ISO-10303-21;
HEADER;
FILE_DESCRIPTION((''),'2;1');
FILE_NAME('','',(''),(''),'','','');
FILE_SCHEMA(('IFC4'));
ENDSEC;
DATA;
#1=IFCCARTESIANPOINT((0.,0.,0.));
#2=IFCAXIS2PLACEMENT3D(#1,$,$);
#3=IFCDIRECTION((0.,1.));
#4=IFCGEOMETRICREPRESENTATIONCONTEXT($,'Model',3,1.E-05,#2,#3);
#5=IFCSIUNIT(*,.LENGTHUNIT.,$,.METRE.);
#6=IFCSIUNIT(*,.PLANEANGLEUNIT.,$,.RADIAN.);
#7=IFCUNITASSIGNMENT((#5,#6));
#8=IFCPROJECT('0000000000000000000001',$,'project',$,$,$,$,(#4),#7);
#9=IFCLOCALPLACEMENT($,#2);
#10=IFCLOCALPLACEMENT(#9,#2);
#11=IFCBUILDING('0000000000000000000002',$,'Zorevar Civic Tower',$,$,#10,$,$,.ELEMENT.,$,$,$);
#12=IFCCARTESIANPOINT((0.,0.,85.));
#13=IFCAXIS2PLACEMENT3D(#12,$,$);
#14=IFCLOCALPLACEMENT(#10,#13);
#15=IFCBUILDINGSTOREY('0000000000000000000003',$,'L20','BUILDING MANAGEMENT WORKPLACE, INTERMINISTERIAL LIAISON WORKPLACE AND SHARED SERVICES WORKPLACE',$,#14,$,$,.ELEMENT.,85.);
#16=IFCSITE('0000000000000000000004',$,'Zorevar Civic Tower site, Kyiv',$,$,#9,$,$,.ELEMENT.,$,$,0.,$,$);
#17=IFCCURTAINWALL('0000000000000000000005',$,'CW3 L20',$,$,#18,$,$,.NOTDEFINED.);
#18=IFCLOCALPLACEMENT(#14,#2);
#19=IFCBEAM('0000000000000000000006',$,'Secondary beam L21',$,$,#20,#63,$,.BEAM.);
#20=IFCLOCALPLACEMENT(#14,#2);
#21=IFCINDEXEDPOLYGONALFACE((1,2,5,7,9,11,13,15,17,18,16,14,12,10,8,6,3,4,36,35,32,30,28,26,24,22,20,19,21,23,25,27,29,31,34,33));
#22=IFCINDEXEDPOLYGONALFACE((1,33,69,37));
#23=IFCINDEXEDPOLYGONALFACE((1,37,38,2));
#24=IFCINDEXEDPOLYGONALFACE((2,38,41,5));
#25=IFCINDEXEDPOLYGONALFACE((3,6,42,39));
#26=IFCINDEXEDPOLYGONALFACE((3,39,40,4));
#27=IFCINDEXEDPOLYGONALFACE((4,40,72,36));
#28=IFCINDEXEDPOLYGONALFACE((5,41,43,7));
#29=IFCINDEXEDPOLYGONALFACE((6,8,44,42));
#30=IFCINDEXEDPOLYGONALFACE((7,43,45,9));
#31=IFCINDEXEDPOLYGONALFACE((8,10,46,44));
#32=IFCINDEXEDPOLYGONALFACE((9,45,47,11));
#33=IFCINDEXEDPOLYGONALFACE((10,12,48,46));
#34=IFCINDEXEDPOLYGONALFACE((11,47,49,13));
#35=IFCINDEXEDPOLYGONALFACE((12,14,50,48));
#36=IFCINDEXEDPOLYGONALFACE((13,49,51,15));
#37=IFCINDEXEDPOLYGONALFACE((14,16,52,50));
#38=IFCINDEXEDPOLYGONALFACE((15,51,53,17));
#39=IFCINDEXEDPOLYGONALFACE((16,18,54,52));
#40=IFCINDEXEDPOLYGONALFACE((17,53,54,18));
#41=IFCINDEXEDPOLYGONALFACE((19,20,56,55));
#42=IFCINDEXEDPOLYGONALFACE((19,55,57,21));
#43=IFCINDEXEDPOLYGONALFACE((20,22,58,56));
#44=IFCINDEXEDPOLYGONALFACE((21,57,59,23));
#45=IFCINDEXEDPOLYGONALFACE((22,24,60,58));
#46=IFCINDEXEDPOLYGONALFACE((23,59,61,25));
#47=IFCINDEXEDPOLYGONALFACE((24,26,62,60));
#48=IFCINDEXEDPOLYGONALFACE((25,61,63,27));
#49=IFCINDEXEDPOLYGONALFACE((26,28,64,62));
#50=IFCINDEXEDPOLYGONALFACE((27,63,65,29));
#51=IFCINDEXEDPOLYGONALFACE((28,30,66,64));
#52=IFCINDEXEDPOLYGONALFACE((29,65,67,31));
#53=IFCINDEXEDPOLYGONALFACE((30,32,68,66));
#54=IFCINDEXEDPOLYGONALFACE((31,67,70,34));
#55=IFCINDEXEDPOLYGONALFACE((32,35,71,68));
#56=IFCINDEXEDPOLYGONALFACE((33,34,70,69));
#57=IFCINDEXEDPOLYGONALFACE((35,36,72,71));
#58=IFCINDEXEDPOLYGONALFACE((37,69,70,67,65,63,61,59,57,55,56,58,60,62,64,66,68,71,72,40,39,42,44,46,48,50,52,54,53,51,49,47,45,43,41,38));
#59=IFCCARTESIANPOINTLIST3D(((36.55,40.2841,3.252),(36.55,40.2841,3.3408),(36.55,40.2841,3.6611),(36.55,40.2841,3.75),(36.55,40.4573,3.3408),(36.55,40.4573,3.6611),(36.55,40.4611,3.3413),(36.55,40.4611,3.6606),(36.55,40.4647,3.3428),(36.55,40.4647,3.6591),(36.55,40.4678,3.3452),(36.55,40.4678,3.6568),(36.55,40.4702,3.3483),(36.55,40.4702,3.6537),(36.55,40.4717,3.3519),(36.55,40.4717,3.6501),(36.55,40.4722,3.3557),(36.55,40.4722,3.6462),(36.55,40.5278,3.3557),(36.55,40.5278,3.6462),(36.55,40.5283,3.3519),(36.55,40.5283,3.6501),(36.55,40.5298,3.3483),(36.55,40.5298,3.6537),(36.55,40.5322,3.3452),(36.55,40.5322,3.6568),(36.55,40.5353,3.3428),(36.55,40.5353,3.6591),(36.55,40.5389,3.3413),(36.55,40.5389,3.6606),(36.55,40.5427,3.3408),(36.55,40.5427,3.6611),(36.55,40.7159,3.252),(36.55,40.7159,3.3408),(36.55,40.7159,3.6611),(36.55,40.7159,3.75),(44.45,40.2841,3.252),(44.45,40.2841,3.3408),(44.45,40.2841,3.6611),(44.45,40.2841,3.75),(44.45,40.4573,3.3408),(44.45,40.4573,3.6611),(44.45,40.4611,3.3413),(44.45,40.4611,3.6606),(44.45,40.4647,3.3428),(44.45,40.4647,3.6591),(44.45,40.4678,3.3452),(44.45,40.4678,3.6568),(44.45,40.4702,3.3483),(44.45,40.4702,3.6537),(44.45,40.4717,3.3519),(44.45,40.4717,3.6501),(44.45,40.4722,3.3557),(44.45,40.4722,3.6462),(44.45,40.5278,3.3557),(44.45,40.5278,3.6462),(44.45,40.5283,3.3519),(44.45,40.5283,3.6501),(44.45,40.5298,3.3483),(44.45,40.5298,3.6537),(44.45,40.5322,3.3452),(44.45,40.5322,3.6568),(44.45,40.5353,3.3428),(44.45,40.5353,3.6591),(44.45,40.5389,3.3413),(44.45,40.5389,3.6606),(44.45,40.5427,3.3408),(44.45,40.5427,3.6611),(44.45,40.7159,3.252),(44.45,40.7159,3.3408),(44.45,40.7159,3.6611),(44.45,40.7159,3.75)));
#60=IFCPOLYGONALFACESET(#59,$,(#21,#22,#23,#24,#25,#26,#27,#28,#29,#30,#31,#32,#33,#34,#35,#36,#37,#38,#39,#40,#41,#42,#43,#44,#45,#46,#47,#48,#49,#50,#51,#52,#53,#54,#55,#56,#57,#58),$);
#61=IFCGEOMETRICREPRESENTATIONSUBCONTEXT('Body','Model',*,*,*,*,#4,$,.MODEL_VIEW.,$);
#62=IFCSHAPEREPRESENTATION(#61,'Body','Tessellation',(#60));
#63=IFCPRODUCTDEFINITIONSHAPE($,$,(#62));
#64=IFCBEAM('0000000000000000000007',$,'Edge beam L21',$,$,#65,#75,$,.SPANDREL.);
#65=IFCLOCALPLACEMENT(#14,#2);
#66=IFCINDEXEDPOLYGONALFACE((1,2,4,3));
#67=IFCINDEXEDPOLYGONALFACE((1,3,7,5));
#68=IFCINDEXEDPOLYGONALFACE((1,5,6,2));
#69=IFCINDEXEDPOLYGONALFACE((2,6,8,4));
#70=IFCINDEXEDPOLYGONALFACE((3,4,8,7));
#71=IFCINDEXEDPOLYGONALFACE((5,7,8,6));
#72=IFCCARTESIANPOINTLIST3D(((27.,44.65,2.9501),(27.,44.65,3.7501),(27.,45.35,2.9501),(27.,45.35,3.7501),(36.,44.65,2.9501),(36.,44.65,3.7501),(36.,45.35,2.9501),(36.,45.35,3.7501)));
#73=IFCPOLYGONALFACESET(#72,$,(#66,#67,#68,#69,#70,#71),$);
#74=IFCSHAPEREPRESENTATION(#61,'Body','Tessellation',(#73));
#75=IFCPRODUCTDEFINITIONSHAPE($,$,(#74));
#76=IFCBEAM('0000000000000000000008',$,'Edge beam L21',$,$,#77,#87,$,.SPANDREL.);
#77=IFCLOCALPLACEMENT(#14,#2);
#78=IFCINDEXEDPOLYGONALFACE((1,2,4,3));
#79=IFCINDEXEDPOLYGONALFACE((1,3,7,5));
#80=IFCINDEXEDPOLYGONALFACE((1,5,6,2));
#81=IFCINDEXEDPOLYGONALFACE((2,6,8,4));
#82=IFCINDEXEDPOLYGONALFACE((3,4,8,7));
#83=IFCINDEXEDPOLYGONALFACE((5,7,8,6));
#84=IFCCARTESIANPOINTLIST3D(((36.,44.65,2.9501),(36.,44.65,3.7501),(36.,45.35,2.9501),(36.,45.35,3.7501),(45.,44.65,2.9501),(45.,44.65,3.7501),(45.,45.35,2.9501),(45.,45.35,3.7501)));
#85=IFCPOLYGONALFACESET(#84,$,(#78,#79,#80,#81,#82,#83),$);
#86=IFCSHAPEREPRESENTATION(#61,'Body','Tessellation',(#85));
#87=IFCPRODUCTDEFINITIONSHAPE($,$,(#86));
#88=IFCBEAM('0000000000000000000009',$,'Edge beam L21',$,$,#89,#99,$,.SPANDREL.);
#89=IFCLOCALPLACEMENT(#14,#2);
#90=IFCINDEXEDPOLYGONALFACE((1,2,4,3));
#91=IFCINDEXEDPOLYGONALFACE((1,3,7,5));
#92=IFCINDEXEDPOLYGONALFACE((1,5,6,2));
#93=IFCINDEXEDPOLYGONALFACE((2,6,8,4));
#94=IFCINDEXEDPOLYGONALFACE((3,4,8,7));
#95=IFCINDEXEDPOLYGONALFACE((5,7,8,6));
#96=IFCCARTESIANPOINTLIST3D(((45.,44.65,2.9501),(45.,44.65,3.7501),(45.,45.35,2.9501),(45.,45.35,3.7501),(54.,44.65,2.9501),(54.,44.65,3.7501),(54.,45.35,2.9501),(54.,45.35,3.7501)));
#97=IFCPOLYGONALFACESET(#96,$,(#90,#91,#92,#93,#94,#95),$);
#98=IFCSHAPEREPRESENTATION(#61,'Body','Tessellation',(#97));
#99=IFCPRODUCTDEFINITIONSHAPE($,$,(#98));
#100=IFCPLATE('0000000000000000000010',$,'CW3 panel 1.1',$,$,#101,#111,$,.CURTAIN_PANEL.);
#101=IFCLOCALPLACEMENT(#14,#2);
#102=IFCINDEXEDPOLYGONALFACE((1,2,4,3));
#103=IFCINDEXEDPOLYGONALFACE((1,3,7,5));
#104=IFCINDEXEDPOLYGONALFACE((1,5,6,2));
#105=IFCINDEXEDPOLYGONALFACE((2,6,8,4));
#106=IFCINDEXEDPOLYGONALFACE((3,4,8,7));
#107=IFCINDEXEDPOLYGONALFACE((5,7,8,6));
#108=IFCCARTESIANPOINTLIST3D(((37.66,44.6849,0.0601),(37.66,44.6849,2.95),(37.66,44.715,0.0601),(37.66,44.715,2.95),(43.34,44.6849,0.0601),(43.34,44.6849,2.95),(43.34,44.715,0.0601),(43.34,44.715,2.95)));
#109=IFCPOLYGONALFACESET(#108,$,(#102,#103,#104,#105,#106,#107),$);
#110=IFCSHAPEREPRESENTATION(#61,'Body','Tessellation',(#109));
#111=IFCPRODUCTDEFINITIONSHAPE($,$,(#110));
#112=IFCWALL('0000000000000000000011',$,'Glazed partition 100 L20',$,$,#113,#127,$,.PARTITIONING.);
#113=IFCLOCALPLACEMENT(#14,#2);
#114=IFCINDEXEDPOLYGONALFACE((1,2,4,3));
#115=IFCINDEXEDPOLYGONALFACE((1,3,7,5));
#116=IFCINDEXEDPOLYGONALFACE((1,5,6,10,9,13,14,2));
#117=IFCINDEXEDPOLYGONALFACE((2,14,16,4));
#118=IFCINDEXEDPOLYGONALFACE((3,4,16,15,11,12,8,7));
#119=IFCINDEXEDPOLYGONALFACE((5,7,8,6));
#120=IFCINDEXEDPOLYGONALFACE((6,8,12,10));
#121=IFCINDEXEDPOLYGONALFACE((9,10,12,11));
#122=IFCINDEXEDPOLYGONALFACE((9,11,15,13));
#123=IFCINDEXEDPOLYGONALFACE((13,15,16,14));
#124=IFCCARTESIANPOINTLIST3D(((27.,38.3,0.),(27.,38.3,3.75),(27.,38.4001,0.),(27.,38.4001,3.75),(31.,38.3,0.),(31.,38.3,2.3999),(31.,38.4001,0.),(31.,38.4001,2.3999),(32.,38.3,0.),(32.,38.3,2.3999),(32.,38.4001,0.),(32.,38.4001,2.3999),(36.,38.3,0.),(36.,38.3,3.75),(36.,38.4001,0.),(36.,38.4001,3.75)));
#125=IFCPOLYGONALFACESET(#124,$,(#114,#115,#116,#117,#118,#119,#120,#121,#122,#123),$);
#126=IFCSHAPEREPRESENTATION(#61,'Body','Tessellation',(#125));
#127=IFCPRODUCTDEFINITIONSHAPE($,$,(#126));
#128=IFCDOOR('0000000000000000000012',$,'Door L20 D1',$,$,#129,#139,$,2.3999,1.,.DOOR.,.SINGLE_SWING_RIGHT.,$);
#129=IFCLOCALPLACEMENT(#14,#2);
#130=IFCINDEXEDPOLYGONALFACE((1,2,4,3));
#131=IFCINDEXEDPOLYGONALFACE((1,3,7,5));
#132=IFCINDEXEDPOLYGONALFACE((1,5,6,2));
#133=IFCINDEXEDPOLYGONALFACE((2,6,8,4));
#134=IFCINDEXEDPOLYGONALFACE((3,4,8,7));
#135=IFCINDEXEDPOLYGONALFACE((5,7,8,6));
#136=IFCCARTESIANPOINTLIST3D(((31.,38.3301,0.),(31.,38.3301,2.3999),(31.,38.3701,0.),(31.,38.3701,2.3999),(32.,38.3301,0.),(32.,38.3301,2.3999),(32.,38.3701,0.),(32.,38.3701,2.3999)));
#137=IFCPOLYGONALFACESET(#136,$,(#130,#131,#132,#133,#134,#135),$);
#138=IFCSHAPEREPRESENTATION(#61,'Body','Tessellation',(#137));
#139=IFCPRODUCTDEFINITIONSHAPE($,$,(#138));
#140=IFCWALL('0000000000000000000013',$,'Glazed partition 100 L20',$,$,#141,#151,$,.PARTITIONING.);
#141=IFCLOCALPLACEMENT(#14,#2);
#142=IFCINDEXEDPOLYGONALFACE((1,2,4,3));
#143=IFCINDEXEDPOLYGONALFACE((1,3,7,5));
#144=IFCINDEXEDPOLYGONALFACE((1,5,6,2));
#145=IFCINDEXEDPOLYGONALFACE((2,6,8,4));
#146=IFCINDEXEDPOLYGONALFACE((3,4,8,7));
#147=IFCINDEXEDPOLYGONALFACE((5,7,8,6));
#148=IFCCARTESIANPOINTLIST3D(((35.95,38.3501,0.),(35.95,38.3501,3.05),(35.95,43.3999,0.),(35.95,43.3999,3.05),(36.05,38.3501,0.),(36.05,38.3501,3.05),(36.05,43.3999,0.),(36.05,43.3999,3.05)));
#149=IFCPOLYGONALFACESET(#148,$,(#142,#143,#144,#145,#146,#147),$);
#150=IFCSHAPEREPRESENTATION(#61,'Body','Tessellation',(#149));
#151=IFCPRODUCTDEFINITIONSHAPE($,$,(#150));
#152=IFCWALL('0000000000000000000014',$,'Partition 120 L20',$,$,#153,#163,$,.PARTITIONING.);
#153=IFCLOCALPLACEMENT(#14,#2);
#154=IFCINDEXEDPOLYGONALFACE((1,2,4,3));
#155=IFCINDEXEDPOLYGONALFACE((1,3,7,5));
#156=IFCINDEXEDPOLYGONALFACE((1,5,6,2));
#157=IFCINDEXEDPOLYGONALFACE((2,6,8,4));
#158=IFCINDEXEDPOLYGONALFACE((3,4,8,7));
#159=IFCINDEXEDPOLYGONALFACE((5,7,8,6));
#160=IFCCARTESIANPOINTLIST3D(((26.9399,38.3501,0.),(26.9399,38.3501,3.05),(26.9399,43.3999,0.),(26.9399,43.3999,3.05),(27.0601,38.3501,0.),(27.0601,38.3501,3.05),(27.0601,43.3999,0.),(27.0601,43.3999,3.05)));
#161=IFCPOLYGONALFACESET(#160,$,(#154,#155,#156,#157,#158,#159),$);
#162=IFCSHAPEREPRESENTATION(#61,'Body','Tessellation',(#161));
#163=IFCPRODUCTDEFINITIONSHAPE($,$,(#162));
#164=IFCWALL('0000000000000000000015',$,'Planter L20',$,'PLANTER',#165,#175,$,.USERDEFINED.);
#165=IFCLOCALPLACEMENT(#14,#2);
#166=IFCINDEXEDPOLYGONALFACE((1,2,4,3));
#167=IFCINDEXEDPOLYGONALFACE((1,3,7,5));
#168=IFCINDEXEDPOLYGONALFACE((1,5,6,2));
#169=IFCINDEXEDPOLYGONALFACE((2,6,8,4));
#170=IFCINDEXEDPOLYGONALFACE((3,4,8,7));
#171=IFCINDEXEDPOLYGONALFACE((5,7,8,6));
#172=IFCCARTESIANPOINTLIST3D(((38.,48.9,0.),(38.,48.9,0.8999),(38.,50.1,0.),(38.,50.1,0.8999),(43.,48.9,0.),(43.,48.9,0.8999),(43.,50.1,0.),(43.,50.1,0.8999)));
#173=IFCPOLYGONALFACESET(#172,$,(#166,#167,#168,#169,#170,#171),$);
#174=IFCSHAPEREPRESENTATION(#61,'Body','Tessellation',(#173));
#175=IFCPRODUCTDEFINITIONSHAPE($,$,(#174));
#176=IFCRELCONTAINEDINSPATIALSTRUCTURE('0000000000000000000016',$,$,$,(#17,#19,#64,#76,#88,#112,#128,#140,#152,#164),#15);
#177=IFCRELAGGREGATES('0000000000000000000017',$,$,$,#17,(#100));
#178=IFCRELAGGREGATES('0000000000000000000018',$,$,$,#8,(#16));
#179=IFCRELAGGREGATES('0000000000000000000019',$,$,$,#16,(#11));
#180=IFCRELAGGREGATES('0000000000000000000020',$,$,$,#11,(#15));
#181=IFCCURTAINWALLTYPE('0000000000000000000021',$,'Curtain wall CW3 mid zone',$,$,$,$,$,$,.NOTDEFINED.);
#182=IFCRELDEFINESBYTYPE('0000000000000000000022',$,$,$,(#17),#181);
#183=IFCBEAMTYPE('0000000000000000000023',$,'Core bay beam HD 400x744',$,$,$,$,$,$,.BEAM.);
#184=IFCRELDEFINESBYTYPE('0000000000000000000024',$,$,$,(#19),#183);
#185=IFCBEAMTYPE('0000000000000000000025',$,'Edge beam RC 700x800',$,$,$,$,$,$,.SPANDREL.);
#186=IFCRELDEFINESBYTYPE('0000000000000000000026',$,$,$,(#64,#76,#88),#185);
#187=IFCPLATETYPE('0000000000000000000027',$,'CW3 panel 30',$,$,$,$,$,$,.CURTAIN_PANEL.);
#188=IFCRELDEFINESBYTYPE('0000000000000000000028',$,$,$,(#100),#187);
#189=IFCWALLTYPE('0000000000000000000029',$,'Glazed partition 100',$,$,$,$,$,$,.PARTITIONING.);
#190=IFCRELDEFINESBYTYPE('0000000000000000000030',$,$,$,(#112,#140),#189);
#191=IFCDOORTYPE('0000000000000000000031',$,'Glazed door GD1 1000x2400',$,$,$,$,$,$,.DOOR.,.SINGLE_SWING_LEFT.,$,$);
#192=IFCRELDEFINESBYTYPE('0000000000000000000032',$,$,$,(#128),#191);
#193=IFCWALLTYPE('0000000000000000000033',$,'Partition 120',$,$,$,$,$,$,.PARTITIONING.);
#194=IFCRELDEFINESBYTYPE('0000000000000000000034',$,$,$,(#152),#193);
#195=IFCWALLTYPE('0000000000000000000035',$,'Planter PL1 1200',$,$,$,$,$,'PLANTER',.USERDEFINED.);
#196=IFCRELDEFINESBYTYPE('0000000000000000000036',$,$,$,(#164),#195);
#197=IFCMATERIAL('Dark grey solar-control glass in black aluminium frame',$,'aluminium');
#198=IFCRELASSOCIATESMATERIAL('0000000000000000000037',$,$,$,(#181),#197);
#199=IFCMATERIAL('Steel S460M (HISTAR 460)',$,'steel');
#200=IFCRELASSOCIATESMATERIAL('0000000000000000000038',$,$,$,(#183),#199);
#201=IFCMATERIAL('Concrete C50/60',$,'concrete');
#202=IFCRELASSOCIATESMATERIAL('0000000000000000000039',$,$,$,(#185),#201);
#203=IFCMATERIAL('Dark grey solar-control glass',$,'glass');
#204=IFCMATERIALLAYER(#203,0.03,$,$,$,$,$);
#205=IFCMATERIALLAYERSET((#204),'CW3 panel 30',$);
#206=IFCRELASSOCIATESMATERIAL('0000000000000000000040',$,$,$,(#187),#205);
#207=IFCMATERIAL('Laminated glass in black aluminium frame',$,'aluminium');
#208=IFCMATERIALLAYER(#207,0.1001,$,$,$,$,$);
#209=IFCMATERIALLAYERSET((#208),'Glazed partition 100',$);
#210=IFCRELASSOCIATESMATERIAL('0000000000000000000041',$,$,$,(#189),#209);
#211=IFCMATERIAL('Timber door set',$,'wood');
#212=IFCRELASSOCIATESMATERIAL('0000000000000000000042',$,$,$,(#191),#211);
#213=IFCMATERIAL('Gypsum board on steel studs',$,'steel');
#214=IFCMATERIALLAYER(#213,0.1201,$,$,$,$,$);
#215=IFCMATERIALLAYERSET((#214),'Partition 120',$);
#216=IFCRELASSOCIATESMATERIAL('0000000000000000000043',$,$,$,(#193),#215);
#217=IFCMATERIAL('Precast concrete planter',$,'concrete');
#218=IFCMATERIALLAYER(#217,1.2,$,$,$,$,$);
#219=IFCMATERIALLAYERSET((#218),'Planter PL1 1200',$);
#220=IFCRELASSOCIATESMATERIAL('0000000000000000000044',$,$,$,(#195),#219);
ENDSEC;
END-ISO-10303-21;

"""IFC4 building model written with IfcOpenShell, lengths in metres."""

from ifc_helpers import new_model, si_unit, direction, frame, frame_2d, origin, origin_2d, place, context, subcontext, project, spatial, rectangle, i_section, extrude, material, layer, layer_set, material_profile, profile_set, type_object, element, fill, aggregate, save


model = new_model("IFC4")

# Units and contexts
model_context = context("Model", 3, precision=1e-05, world=origin(), true_north=direction((0.0, 1.0)))
body_context = subcontext(model_context, "Body", "Model", "MODEL_VIEW")
ifc_project = project(units=[si_unit("LENGTHUNIT", "METRE"), si_unit("PLANEANGLEUNIT", "RADIAN")], contexts=[model_context])

# Site, building, storey
site_placement = place(None, origin())
site = spatial("IfcSite", under=ifc_project, at=site_placement, Name="Zorevar Civic Tower site, Kyiv", CompositionType="ELEMENT", RefElevation=0.0)
building_placement = place(site_placement, origin())
building = spatial("IfcBuilding", under=site, at=building_placement, Name="Zorevar Civic Tower", CompositionType="ELEMENT")
storey_placement = place(building_placement, frame((0.0, 0.0, 85.0)))
storey = spatial("IfcBuildingStorey", under=building, at=storey_placement, Name="L20", Description="BUILDING MANAGEMENT WORKPLACE, INTERMINISTERIAL LIAISON WORKPLACE AND SHARED SERVICES WORKPLACE", CompositionType="ELEMENT", Elevation=85.0)

# Curtain wall
ifc_material_1 = material(Name="Dark grey solar-control glass in black aluminium frame", Category="aluminium")
curtain_wall_type = type_object("IfcCurtainWallType", Name="Curtain wall CW3 mid zone", PredefinedType="NOTDEFINED", material=ifc_material_1)
curtain_wall_placement = place(storey_placement, origin())
curtain_wall = element("IfcCurtainWall", 1, at=curtain_wall_placement, inside=storey, type_object=curtain_wall_type, Name="CW3 L20", PredefinedType="NOTDEFINED")

# Beams
ifc_material_2 = material(Name="Steel S460M (HISTAR 460)", Category="steel")
ifc_material_profile_1 = material_profile(ifc_material_2, i_section(OverallWidth=0.4319, OverallDepth=0.498, WebThickness=0.0557, FlangeThickness=0.0889, FilletRadius=0.0149, at=origin_2d()), Name="HD 400x744")
ifc_profile_set_1 = profile_set([ifc_material_profile_1], Name="Steel S460M (HISTAR 460)")
beam_type_1 = type_object("IfcBeamType", Name="Core bay beam HD 400x744", PredefinedType="BEAM", material=ifc_profile_set_1)
for number, where, z_axis, x_axis, name in (
    (2, (36.55, 40.5, 3.501), (1.0, 0.0, 0.0), (0.0, 1.0, 0.0), "Secondary beam L21"),
):
    element("IfcBeam", number, at=place(storey_placement, frame(where, z_axis=z_axis, x_axis=x_axis)), inside=storey, type_object=beam_type_1, Name=name, PredefinedType="BEAM", context=body_context, shape_type="SweptSolid", body=[
        extrude(i_section(OverallWidth=0.4319, OverallDepth=0.498, WebThickness=0.0557, FlangeThickness=0.0889, FilletRadius=0.0149, at=origin_2d()), origin(), (0.0, 0.0, 1.0), 7.8999),
    ])
ifc_material_3 = material(Name="Concrete C50/60", Category="concrete")
ifc_material_profile_2 = material_profile(ifc_material_3, rectangle(XDim=0.7, YDim=0.8, at=origin_2d()), Name="RC 700x800")
ifc_profile_set_2 = profile_set([ifc_material_profile_2], Name="Concrete C50/60")
beam_type_2 = type_object("IfcBeamType", Name="Edge beam RC 700x800", PredefinedType="SPANDREL", material=ifc_profile_set_2)
for number, where, z_axis, x_axis, name in (
    (3, (27.0, 45.0, 3.3501), (1.0, 0.0, 0.0), (0.0, 1.0, 0.0), "Edge beam L21"),
    (4, (36.0, 45.0, 3.3501), (1.0, 0.0, 0.0), (0.0, 1.0, 0.0), "Edge beam L21"),
    (5, (45.0, 45.0, 3.3501), (1.0, 0.0, 0.0), (0.0, 1.0, 0.0), "Edge beam L21"),
):
    element("IfcBeam", number, at=place(storey_placement, frame(where, z_axis=z_axis, x_axis=x_axis)), inside=storey, type_object=beam_type_2, Name=name, PredefinedType="SPANDREL", context=body_context, shape_type="SweptSolid", body=[
        extrude(rectangle(XDim=0.7, YDim=0.8, at=origin_2d()), origin(), (0.0, 0.0, 1.0), 9.0),
    ])

# Plate
ifc_material_4 = material(Name="Dark grey solar-control glass", Category="glass")
ifc_layer_1 = layer(ifc_material_4, 0.03)
ifc_layer_set_1 = layer_set([ifc_layer_1], Name="CW3 panel 30")
plate_type = type_object("IfcPlateType", Name="CW3 panel 30", PredefinedType="CURTAIN_PANEL", material=ifc_layer_set_1)
plate_placement = place(storey_placement, frame((40.5, 44.7, 0.0601), z_axis=(0.0, 0.0, 1.0), x_axis=(1.0, 0.0, 0.0)))
plate = element("IfcPlate", 6, at=plate_placement, type_object=plate_type, Name="CW3 panel 1.1", PredefinedType="CURTAIN_PANEL", context=body_context, shape_type="SweptSolid", body=[
    extrude(rectangle(XDim=5.6799, YDim=0.03, at=origin_2d()), origin(), (0.0, 0.0, 1.0), 2.8899),
])
aggregate(curtain_wall, [plate])

# Wall, opening, door
ifc_material_5 = material(Name="Laminated glass in black aluminium frame", Category="aluminium")
ifc_layer_2 = layer(ifc_material_5, 0.1001)
ifc_layer_set_2 = layer_set([ifc_layer_2], Name="Glazed partition 100")
wall_type_1 = type_object("IfcWallType", Name="Glazed partition 100", PredefinedType="PARTITIONING", material=ifc_layer_set_2)
wall_1_placement = place(storey_placement, frame((27.0, 38.3501, 0.0), z_axis=(0.0, 0.0, 1.0), x_axis=(1.0, 0.0, 0.0)))
wall_1 = element("IfcWall", 7, at=wall_1_placement, inside=storey, type_object=wall_type_1, Name="Glazed partition 100 L20", PredefinedType="PARTITIONING", context=body_context, shape_type="SweptSolid", body=[
    extrude(rectangle(XDim=9.0, YDim=0.1001, at=frame_2d((4.5, 0.0))), origin(), (0.0, 0.0, 1.0), 3.75),
])
opening_1_placement = place(wall_1_placement, frame((4.0, 0.0, 0.0)))
opening_1 = element("IfcOpeningElement", 8, at=opening_1_placement, cuts=wall_1, PredefinedType="OPENING", context=body_context, shape_type="SweptSolid", body=[
    extrude(rectangle(XDim=1.0, YDim=2.3999, at=frame_2d((0.5, 1.2))), frame((0.0, 0.0601, 0.0), z_axis=(0.0, -1.0, 0.0), x_axis=(1.0, 0.0, 0.0)), (0.0, 0.0, 1.0), 0.1201),
])
ifc_material_6 = material(Name="Timber door set", Category="wood")
door_type_1 = type_object("IfcDoorType", Name="Glazed door GD1 1000x2400", OperationType="SINGLE_SWING_LEFT", PredefinedType="DOOR", material=ifc_material_6)
door_1_placement = place(opening_1_placement, origin())
door_1 = element("IfcDoor", 9, at=door_1_placement, inside=storey, type_object=door_type_1, Name="Door L20 D1", OperationType="SINGLE_SWING_RIGHT", OverallHeight=2.3999, OverallWidth=1.0, PredefinedType="DOOR", context=body_context, shape_type="SweptSolid", body=[
    extrude(rectangle(XDim=1.0, YDim=2.3999, at=frame_2d((0.5, 1.2))), frame((0.0, 0.02, 0.0), z_axis=(0.0, -1.0, 0.0), x_axis=(1.0, 0.0, 0.0)), (0.0, 0.0, 1.0), 0.04),
])
fill(opening_1, door_1)

# Walls
wall_2_placement = place(storey_placement, frame((36.0, 38.3501, 0.0), z_axis=(0.0, 0.0, 1.0), x_axis=(0.0, 1.0, 0.0)))
element("IfcWall", 10, at=wall_2_placement, inside=storey, type_object=wall_type_1, Name="Glazed partition 100 L20", PredefinedType="PARTITIONING", context=body_context, shape_type="SweptSolid", body=[
    extrude(rectangle(XDim=5.0498, YDim=0.1001, at=frame_2d((2.5249, 0.0))), origin(), (0.0, 0.0, 1.0), 3.05),
])
ifc_material_7 = material(Name="Gypsum board on steel studs", Category="steel")
ifc_layer_3 = layer(ifc_material_7, 0.1201)
ifc_layer_set_3 = layer_set([ifc_layer_3], Name="Partition 120")
wall_type_2 = type_object("IfcWallType", Name="Partition 120", PredefinedType="PARTITIONING", material=ifc_layer_set_3)
wall_3_placement = place(storey_placement, frame((27.0, 38.3501, 0.0), z_axis=(0.0, 0.0, 1.0), x_axis=(0.0, 1.0, 0.0)))
element("IfcWall", 11, at=wall_3_placement, inside=storey, type_object=wall_type_2, Name="Partition 120 L20", PredefinedType="PARTITIONING", context=body_context, shape_type="SweptSolid", body=[
    extrude(rectangle(XDim=5.0498, YDim=0.1201, at=frame_2d((2.5249, 0.0))), origin(), (0.0, 0.0, 1.0), 3.05),
])
ifc_material_8 = material(Name="Precast concrete planter", Category="concrete")
ifc_layer_4 = layer(ifc_material_8, 1.2)
ifc_layer_set_4 = layer_set([ifc_layer_4], Name="Planter PL1 1200")
wall_type_3 = type_object("IfcWallType", Name="Planter PL1 1200", ElementType="PLANTER", PredefinedType="USERDEFINED", material=ifc_layer_set_4)
wall_4_placement = place(storey_placement, frame((38.0, 49.5, 0.0), z_axis=(0.0, 0.0, 1.0), x_axis=(1.0, 0.0, 0.0)))
element("IfcWall", 12, at=wall_4_placement, inside=storey, type_object=wall_type_3, Name="Planter L20", ObjectType="PLANTER", PredefinedType="USERDEFINED", context=body_context, shape_type="SweptSolid", body=[
    extrude(rectangle(XDim=5.0, YDim=1.2, at=frame_2d((2.5, 0.0))), origin(), (0.0, 0.0, 1.0), 0.8999),
])

save(model, "model.ifc")
